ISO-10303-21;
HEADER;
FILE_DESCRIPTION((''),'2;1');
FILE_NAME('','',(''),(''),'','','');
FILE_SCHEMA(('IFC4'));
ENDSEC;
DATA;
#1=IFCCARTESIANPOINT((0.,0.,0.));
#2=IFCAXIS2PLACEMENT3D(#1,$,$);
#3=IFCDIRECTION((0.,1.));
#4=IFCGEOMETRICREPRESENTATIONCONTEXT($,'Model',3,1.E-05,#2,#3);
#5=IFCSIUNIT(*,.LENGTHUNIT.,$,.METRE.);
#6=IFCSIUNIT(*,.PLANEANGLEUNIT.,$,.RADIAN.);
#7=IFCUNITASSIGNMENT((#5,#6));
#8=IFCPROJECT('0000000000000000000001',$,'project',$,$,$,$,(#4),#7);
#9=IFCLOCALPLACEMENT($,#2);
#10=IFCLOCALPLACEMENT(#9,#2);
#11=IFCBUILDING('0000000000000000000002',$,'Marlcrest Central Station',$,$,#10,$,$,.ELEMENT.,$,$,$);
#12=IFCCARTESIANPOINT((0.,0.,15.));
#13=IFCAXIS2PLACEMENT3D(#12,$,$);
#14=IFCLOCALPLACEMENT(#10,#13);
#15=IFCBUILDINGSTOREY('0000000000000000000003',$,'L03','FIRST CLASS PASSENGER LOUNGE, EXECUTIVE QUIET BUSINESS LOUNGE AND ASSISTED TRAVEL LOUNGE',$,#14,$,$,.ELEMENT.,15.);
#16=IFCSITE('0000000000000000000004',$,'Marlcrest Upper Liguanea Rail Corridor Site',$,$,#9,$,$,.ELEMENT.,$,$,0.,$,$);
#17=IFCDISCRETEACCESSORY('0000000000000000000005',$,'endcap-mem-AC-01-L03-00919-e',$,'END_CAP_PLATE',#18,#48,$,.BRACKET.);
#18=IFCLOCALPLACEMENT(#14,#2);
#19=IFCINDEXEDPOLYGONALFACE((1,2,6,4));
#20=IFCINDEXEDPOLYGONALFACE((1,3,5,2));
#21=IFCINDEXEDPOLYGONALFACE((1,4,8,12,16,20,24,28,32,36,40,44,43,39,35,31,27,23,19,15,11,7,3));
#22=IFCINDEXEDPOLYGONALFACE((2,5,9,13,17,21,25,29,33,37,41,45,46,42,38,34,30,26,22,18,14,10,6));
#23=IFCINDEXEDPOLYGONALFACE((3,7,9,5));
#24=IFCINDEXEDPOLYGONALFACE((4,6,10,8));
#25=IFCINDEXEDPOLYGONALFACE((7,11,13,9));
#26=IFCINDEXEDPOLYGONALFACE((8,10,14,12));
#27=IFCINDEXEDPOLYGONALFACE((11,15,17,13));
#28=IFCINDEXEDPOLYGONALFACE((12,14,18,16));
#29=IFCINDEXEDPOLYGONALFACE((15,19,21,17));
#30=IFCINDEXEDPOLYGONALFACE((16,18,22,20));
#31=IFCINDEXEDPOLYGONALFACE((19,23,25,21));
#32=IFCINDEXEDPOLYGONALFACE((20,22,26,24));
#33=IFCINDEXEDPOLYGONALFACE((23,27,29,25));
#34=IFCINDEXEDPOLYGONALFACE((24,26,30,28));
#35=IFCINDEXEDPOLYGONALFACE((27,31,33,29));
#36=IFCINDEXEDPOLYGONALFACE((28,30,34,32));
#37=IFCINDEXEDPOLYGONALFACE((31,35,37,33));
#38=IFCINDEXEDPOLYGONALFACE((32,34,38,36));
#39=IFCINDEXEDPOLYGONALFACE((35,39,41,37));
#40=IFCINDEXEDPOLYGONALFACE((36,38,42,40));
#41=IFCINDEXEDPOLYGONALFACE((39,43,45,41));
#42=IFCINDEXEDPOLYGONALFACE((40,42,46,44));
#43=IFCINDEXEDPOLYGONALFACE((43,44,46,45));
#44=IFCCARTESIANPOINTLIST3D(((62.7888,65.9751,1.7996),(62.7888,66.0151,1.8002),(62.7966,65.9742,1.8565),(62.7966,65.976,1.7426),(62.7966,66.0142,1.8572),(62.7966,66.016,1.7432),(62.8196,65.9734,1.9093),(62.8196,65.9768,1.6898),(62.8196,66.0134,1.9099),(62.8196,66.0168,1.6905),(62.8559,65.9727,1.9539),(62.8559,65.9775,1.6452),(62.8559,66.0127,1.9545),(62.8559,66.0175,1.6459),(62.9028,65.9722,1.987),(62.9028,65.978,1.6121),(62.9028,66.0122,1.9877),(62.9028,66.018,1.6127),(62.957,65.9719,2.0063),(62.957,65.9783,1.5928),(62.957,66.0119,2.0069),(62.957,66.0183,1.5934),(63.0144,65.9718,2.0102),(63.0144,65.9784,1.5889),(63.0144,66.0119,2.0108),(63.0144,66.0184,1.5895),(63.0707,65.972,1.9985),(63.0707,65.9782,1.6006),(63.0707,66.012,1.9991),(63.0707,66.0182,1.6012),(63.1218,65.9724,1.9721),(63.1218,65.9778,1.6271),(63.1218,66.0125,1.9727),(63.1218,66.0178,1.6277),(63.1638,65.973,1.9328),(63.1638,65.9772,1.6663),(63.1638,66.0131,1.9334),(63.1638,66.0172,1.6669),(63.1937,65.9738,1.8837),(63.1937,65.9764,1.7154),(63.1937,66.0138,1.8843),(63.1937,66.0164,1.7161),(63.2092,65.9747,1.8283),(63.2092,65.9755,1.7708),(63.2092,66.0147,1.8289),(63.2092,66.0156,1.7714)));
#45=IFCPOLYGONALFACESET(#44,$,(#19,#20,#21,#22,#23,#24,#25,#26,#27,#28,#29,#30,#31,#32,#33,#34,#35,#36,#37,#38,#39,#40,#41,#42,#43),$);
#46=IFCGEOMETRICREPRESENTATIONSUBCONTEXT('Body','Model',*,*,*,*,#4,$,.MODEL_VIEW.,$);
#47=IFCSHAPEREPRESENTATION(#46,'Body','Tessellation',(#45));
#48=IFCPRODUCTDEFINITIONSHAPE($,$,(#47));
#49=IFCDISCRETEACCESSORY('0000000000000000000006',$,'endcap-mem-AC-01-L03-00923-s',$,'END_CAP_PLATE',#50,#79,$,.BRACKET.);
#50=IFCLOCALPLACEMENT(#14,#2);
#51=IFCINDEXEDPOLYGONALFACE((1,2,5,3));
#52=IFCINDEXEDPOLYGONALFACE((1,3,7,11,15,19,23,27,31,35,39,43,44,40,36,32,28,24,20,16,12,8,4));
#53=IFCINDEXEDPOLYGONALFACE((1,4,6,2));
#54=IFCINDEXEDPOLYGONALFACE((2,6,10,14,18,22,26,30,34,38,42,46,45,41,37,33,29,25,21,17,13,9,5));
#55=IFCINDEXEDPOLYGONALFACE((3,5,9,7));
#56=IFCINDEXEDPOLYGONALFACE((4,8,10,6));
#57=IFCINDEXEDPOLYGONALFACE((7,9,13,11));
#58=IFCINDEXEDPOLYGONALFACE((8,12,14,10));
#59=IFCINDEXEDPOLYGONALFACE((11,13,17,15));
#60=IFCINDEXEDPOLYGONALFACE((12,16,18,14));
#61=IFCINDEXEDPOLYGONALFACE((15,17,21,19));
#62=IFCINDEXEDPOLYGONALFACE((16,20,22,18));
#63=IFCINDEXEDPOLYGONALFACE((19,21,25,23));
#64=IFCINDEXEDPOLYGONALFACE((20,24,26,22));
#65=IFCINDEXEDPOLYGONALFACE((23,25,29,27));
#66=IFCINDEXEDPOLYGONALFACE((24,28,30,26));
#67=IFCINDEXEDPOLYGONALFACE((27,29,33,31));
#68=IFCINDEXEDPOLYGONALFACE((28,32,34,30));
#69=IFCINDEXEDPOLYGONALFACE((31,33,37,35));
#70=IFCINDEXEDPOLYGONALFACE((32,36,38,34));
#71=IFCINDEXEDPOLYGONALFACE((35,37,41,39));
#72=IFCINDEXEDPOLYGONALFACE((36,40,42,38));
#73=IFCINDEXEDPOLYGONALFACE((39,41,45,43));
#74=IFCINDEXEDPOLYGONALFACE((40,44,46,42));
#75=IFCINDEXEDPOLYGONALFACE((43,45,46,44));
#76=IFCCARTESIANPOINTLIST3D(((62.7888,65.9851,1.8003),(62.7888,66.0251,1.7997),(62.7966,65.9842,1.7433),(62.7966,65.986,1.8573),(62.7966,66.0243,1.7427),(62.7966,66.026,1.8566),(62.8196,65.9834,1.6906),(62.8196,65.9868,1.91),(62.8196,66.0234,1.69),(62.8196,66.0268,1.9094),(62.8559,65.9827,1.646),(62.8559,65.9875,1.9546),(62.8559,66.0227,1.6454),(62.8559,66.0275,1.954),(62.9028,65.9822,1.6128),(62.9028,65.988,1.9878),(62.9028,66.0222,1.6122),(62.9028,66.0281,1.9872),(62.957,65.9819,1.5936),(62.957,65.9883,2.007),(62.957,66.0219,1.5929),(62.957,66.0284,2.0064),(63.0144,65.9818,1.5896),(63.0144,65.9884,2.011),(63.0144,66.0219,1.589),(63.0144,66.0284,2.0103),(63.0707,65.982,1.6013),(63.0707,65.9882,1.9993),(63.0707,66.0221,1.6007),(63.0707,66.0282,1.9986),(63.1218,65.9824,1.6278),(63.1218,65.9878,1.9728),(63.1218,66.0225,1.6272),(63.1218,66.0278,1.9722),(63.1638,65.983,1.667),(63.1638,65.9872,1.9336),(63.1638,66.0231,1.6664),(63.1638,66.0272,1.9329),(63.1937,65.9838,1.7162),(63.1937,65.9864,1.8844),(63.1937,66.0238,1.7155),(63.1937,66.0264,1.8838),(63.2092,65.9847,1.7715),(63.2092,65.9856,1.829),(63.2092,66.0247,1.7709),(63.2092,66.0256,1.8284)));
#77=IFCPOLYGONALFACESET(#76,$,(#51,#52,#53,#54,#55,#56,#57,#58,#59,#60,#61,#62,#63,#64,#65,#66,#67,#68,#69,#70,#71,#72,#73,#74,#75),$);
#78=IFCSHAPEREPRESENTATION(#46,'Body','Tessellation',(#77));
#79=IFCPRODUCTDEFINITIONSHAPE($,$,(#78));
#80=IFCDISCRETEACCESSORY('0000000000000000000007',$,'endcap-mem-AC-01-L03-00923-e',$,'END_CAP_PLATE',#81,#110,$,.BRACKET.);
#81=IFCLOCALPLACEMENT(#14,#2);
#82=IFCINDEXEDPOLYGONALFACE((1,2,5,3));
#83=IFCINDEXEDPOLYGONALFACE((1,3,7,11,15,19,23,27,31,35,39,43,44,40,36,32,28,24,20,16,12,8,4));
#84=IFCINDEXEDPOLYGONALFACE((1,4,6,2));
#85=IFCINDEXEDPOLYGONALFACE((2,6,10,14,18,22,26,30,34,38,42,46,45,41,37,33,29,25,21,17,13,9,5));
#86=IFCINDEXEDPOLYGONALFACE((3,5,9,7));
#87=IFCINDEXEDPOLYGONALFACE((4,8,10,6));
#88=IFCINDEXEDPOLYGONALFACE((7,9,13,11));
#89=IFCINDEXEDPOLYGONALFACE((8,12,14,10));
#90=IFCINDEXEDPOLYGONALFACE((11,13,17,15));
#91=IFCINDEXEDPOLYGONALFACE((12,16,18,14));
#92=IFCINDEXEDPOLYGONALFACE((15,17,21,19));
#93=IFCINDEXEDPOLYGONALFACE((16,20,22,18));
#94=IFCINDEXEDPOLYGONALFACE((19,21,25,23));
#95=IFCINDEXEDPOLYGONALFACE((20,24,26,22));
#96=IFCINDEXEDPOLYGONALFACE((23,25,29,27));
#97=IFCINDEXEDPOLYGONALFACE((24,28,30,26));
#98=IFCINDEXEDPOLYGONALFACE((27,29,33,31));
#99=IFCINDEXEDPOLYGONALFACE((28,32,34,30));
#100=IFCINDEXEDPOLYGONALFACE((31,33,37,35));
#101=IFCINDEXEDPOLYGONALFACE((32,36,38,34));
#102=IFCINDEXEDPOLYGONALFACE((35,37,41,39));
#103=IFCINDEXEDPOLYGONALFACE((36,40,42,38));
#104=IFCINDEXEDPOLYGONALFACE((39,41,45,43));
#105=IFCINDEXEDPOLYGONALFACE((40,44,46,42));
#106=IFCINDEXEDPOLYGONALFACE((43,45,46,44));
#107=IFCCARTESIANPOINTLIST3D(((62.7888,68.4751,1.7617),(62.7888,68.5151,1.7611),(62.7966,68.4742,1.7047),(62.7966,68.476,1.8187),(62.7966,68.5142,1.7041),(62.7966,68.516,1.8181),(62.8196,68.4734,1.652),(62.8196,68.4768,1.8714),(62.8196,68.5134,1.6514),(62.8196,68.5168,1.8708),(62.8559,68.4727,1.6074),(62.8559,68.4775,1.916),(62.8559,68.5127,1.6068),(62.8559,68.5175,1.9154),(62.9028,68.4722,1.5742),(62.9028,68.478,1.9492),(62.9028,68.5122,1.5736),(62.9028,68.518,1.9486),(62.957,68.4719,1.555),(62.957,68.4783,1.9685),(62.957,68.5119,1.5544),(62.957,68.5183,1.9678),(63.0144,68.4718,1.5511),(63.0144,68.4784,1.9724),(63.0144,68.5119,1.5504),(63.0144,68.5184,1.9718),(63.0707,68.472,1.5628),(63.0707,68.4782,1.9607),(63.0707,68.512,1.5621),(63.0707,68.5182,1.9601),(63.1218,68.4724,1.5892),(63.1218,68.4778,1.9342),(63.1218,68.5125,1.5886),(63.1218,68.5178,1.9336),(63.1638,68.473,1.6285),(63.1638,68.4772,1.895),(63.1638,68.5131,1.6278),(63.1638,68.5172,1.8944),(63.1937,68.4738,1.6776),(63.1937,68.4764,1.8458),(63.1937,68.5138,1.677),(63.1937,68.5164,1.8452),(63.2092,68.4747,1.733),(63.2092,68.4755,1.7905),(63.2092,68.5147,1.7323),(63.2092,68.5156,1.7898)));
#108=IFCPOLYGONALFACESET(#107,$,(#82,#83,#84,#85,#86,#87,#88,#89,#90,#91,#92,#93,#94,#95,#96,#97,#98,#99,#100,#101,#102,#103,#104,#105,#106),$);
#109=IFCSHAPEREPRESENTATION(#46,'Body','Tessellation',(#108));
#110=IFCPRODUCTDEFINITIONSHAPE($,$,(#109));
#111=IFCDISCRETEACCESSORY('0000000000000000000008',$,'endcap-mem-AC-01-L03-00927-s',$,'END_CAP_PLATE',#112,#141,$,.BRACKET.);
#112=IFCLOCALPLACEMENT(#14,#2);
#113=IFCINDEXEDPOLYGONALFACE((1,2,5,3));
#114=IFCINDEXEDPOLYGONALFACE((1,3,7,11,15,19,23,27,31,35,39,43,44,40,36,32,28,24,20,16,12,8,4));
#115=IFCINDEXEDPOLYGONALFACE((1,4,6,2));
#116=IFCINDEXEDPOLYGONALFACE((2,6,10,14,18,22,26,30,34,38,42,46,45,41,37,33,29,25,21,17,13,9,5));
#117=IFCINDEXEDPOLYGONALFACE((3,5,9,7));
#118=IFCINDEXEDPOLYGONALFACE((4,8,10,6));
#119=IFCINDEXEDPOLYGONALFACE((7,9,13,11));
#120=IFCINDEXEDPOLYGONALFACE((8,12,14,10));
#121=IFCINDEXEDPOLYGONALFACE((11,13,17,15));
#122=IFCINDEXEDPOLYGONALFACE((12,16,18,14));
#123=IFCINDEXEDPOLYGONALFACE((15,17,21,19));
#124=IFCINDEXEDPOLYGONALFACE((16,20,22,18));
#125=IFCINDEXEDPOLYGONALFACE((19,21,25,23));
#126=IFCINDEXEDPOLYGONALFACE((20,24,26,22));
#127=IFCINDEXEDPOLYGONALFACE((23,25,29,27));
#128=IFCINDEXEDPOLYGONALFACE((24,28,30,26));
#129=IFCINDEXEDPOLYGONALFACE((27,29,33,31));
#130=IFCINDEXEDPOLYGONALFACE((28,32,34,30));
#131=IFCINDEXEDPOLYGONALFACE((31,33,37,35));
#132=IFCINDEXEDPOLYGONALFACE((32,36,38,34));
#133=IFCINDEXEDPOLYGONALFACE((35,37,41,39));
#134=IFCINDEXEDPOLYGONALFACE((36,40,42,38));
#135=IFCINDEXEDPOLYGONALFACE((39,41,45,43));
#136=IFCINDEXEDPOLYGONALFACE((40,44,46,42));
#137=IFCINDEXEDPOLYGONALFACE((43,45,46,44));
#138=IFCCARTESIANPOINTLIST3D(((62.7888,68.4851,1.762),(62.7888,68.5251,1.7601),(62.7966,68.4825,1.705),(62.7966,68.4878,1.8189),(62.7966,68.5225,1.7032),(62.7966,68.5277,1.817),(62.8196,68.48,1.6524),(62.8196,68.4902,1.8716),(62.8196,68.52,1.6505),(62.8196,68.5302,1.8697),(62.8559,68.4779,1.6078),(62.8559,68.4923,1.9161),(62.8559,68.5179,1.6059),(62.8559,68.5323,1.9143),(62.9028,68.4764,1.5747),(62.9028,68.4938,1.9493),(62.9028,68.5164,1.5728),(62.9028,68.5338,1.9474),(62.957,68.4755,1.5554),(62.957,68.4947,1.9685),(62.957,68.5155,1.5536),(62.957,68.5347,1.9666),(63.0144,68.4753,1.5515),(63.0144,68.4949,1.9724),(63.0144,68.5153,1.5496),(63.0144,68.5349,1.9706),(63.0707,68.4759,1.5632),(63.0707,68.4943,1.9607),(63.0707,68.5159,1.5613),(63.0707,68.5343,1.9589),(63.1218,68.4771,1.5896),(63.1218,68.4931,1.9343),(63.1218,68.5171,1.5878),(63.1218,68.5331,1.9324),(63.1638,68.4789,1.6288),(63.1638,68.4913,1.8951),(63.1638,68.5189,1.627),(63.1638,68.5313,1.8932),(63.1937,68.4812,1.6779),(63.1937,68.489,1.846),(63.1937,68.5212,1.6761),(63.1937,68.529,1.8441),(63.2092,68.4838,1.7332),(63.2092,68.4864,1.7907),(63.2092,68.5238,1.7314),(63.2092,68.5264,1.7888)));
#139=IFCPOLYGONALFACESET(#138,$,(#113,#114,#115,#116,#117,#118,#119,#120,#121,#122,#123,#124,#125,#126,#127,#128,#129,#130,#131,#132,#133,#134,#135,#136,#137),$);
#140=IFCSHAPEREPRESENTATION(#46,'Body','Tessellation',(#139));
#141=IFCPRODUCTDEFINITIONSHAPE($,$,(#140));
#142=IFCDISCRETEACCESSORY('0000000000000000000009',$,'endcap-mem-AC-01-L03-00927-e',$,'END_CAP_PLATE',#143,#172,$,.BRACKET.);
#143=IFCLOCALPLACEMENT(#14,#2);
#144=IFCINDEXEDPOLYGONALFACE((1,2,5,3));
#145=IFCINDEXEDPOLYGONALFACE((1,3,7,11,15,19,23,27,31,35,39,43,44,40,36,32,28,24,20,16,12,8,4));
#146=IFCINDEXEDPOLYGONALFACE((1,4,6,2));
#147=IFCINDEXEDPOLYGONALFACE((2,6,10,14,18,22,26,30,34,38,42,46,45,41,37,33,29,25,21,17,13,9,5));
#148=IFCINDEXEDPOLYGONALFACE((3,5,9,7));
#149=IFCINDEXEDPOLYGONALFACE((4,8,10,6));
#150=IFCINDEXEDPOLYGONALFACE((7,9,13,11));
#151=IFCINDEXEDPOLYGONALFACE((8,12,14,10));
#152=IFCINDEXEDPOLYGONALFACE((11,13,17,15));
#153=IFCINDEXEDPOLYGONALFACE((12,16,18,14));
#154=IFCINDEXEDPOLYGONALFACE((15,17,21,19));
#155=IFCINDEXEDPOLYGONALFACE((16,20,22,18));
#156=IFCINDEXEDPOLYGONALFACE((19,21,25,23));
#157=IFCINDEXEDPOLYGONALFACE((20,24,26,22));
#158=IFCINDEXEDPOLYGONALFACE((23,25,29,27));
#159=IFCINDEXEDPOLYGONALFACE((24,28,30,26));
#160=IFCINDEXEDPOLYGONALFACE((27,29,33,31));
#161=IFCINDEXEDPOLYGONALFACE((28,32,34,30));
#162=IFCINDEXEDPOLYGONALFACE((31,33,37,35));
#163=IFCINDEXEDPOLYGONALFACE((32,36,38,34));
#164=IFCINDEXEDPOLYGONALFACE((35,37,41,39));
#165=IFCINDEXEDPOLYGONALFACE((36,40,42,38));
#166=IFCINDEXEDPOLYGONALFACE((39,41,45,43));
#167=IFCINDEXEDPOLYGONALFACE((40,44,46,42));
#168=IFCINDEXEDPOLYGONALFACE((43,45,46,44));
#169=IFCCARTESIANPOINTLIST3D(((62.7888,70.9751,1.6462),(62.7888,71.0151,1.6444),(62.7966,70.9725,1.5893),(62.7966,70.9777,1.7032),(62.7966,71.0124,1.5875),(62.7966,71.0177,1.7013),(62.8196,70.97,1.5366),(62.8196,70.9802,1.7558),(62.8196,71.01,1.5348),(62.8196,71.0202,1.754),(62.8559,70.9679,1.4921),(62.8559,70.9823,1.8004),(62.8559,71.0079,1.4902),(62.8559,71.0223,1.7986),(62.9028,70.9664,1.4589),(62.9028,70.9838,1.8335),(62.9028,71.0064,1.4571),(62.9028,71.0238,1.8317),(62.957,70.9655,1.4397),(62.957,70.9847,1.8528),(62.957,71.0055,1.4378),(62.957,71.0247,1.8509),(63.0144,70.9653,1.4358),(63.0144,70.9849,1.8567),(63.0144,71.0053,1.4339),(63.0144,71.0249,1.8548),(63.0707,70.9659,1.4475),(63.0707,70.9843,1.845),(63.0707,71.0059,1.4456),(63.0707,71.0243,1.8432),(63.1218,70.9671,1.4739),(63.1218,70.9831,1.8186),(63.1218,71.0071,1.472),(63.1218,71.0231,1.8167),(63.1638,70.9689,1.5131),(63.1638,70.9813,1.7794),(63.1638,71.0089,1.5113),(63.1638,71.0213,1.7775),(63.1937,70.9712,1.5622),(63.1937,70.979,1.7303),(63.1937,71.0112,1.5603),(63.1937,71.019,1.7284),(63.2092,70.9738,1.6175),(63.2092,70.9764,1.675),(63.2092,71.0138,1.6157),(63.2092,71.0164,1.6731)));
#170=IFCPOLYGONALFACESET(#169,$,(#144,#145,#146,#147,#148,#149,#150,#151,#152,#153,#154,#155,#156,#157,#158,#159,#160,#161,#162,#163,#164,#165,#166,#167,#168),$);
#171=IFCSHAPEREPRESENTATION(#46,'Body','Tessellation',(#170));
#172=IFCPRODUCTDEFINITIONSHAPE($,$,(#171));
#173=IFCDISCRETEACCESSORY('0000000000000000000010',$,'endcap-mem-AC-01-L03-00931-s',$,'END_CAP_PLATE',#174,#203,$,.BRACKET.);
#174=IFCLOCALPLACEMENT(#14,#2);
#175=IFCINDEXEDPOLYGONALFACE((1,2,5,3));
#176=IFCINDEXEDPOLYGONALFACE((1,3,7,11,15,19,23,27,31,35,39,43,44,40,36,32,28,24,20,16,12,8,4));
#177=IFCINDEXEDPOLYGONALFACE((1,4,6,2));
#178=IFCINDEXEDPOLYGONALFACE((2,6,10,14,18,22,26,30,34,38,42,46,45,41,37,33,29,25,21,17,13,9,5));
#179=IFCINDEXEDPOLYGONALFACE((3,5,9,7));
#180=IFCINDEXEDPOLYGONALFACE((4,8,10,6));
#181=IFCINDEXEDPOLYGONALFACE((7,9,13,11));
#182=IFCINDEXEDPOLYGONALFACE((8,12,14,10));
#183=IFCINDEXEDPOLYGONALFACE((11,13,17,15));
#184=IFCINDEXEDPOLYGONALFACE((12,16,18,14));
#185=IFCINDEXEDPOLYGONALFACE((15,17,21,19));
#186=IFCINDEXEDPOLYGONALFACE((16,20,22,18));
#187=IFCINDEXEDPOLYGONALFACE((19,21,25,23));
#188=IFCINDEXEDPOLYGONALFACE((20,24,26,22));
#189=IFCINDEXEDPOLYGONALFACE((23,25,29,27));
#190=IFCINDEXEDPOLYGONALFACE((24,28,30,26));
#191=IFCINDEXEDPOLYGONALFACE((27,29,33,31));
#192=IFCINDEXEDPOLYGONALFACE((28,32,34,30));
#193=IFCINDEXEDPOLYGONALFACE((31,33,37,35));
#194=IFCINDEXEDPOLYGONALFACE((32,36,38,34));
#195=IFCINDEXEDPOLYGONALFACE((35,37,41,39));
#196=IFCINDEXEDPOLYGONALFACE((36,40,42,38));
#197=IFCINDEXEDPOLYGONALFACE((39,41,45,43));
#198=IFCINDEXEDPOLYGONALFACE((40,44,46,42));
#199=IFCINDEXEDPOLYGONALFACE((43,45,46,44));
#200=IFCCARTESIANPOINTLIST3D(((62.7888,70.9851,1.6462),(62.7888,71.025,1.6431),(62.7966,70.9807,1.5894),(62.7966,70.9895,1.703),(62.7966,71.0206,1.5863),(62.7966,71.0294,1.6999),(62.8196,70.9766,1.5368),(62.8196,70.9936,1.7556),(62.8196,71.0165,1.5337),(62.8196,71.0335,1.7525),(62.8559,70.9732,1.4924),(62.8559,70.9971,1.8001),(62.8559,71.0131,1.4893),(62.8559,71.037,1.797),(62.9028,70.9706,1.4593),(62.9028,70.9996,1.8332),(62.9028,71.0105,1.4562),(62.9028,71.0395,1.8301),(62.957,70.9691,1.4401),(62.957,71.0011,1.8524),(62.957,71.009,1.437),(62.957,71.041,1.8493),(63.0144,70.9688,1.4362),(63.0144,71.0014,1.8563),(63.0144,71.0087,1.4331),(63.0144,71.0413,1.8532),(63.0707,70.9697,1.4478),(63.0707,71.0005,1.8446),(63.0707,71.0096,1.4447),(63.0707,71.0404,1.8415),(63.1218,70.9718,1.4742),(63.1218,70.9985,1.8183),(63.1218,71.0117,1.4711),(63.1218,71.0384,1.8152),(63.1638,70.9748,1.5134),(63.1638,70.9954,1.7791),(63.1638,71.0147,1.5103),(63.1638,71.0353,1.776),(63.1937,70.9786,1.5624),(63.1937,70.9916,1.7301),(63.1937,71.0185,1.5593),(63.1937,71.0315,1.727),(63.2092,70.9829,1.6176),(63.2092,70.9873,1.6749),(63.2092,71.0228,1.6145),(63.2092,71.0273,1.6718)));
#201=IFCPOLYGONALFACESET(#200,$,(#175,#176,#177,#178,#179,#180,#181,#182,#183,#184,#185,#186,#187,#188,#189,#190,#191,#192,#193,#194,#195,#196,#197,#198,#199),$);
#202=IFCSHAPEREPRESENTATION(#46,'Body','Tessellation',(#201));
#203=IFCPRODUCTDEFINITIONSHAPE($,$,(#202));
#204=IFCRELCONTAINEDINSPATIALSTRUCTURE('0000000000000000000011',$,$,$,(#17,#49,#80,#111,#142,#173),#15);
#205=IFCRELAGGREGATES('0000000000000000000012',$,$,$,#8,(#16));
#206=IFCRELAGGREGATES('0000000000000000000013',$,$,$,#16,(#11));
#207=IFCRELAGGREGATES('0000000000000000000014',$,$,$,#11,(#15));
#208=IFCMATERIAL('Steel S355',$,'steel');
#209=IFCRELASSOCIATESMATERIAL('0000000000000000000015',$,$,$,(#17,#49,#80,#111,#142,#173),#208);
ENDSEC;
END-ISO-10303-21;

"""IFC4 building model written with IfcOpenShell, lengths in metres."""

from ifc_helpers import new_model, si_unit, direction, frame, origin, origin_2d, place, context, subcontext, project, spatial, circle, extrude, material, element, save


model = new_model("IFC4")

# Units and contexts
model_context = context("Model", 3, precision=1e-05, world=origin(), true_north=direction((0.0, 1.0)))
body_context = subcontext(model_context, "Body", "Model", "MODEL_VIEW")
ifc_project = project(units=[si_unit("LENGTHUNIT", "METRE"), si_unit("PLANEANGLEUNIT", "RADIAN")], contexts=[model_context])

# Site, building, storey
site_placement = place(None, origin())
site = spatial("IfcSite", under=ifc_project, at=site_placement, Name="Marlcrest Upper Liguanea Rail Corridor Site", CompositionType="ELEMENT", RefElevation=0.0)
building_placement = place(site_placement, origin())
building = spatial("IfcBuilding", under=site, at=building_placement, Name="Marlcrest Central Station", CompositionType="ELEMENT")
storey_placement = place(building_placement, frame((0.0, 0.0, 15.0)))
storey = spatial("IfcBuildingStorey", under=building, at=storey_placement, Name="L03", Description="FIRST CLASS PASSENGER LOUNGE, EXECUTIVE QUIET BUSINESS LOUNGE AND ASSISTED TRAVEL LOUNGE", CompositionType="ELEMENT", Elevation=15.0)

# Shared definitions
ifc_material_1 = material(Name="Steel S355", Category="steel")

# Discrete accessories
for number, where, z_axis, x_axis, name in (
    (1, (63.0, 65.9751, 1.7996), (0.0, 0.999879, 0.015525), (-1.0, 0.0, 0.0), "endcap-mem-AC-01-L03-00919-e"),
    (2, (63.0, 65.9851, 1.8003), (0.0, 0.999879, -0.015525), (-1.0, 0.0, 0.0), "endcap-mem-AC-01-L03-00923-s"),
    (3, (63.0, 68.4751, 1.7617), (0.0, 0.999879, -0.015525), (-1.0, 0.0, 0.0), "endcap-mem-AC-01-L03-00923-e"),
    (4, (63.0, 68.4851, 1.762), (0.0, 0.998921, -0.046434), (-1.0, 0.0, 0.0), "endcap-mem-AC-01-L03-00927-s"),
    (5, (63.0, 70.9751, 1.6462), (0.0, 0.998921, -0.046434), (-1.0, 0.0, 0.0), "endcap-mem-AC-01-L03-00927-e"),
    (6, (63.0, 70.9851, 1.6462), (0.0, 0.997, -0.077404), (-1.0, 0.0, 0.0), "endcap-mem-AC-01-L03-00931-s"),
):
    element("IfcDiscreteAccessory", number, at=place(storey_placement, frame(where, z_axis=z_axis, x_axis=x_axis)), inside=storey, material=ifc_material_1, Name=name, ObjectType="END_CAP_PLATE", PredefinedType="BRACKET", context=body_context, shape_type="SweptSolid", body=[
        extrude(circle(Radius=0.2112, at=origin_2d()), origin(), (0.0, 0.0, 1.0), 0.04),
    ])

save(model, "model.ifc")
